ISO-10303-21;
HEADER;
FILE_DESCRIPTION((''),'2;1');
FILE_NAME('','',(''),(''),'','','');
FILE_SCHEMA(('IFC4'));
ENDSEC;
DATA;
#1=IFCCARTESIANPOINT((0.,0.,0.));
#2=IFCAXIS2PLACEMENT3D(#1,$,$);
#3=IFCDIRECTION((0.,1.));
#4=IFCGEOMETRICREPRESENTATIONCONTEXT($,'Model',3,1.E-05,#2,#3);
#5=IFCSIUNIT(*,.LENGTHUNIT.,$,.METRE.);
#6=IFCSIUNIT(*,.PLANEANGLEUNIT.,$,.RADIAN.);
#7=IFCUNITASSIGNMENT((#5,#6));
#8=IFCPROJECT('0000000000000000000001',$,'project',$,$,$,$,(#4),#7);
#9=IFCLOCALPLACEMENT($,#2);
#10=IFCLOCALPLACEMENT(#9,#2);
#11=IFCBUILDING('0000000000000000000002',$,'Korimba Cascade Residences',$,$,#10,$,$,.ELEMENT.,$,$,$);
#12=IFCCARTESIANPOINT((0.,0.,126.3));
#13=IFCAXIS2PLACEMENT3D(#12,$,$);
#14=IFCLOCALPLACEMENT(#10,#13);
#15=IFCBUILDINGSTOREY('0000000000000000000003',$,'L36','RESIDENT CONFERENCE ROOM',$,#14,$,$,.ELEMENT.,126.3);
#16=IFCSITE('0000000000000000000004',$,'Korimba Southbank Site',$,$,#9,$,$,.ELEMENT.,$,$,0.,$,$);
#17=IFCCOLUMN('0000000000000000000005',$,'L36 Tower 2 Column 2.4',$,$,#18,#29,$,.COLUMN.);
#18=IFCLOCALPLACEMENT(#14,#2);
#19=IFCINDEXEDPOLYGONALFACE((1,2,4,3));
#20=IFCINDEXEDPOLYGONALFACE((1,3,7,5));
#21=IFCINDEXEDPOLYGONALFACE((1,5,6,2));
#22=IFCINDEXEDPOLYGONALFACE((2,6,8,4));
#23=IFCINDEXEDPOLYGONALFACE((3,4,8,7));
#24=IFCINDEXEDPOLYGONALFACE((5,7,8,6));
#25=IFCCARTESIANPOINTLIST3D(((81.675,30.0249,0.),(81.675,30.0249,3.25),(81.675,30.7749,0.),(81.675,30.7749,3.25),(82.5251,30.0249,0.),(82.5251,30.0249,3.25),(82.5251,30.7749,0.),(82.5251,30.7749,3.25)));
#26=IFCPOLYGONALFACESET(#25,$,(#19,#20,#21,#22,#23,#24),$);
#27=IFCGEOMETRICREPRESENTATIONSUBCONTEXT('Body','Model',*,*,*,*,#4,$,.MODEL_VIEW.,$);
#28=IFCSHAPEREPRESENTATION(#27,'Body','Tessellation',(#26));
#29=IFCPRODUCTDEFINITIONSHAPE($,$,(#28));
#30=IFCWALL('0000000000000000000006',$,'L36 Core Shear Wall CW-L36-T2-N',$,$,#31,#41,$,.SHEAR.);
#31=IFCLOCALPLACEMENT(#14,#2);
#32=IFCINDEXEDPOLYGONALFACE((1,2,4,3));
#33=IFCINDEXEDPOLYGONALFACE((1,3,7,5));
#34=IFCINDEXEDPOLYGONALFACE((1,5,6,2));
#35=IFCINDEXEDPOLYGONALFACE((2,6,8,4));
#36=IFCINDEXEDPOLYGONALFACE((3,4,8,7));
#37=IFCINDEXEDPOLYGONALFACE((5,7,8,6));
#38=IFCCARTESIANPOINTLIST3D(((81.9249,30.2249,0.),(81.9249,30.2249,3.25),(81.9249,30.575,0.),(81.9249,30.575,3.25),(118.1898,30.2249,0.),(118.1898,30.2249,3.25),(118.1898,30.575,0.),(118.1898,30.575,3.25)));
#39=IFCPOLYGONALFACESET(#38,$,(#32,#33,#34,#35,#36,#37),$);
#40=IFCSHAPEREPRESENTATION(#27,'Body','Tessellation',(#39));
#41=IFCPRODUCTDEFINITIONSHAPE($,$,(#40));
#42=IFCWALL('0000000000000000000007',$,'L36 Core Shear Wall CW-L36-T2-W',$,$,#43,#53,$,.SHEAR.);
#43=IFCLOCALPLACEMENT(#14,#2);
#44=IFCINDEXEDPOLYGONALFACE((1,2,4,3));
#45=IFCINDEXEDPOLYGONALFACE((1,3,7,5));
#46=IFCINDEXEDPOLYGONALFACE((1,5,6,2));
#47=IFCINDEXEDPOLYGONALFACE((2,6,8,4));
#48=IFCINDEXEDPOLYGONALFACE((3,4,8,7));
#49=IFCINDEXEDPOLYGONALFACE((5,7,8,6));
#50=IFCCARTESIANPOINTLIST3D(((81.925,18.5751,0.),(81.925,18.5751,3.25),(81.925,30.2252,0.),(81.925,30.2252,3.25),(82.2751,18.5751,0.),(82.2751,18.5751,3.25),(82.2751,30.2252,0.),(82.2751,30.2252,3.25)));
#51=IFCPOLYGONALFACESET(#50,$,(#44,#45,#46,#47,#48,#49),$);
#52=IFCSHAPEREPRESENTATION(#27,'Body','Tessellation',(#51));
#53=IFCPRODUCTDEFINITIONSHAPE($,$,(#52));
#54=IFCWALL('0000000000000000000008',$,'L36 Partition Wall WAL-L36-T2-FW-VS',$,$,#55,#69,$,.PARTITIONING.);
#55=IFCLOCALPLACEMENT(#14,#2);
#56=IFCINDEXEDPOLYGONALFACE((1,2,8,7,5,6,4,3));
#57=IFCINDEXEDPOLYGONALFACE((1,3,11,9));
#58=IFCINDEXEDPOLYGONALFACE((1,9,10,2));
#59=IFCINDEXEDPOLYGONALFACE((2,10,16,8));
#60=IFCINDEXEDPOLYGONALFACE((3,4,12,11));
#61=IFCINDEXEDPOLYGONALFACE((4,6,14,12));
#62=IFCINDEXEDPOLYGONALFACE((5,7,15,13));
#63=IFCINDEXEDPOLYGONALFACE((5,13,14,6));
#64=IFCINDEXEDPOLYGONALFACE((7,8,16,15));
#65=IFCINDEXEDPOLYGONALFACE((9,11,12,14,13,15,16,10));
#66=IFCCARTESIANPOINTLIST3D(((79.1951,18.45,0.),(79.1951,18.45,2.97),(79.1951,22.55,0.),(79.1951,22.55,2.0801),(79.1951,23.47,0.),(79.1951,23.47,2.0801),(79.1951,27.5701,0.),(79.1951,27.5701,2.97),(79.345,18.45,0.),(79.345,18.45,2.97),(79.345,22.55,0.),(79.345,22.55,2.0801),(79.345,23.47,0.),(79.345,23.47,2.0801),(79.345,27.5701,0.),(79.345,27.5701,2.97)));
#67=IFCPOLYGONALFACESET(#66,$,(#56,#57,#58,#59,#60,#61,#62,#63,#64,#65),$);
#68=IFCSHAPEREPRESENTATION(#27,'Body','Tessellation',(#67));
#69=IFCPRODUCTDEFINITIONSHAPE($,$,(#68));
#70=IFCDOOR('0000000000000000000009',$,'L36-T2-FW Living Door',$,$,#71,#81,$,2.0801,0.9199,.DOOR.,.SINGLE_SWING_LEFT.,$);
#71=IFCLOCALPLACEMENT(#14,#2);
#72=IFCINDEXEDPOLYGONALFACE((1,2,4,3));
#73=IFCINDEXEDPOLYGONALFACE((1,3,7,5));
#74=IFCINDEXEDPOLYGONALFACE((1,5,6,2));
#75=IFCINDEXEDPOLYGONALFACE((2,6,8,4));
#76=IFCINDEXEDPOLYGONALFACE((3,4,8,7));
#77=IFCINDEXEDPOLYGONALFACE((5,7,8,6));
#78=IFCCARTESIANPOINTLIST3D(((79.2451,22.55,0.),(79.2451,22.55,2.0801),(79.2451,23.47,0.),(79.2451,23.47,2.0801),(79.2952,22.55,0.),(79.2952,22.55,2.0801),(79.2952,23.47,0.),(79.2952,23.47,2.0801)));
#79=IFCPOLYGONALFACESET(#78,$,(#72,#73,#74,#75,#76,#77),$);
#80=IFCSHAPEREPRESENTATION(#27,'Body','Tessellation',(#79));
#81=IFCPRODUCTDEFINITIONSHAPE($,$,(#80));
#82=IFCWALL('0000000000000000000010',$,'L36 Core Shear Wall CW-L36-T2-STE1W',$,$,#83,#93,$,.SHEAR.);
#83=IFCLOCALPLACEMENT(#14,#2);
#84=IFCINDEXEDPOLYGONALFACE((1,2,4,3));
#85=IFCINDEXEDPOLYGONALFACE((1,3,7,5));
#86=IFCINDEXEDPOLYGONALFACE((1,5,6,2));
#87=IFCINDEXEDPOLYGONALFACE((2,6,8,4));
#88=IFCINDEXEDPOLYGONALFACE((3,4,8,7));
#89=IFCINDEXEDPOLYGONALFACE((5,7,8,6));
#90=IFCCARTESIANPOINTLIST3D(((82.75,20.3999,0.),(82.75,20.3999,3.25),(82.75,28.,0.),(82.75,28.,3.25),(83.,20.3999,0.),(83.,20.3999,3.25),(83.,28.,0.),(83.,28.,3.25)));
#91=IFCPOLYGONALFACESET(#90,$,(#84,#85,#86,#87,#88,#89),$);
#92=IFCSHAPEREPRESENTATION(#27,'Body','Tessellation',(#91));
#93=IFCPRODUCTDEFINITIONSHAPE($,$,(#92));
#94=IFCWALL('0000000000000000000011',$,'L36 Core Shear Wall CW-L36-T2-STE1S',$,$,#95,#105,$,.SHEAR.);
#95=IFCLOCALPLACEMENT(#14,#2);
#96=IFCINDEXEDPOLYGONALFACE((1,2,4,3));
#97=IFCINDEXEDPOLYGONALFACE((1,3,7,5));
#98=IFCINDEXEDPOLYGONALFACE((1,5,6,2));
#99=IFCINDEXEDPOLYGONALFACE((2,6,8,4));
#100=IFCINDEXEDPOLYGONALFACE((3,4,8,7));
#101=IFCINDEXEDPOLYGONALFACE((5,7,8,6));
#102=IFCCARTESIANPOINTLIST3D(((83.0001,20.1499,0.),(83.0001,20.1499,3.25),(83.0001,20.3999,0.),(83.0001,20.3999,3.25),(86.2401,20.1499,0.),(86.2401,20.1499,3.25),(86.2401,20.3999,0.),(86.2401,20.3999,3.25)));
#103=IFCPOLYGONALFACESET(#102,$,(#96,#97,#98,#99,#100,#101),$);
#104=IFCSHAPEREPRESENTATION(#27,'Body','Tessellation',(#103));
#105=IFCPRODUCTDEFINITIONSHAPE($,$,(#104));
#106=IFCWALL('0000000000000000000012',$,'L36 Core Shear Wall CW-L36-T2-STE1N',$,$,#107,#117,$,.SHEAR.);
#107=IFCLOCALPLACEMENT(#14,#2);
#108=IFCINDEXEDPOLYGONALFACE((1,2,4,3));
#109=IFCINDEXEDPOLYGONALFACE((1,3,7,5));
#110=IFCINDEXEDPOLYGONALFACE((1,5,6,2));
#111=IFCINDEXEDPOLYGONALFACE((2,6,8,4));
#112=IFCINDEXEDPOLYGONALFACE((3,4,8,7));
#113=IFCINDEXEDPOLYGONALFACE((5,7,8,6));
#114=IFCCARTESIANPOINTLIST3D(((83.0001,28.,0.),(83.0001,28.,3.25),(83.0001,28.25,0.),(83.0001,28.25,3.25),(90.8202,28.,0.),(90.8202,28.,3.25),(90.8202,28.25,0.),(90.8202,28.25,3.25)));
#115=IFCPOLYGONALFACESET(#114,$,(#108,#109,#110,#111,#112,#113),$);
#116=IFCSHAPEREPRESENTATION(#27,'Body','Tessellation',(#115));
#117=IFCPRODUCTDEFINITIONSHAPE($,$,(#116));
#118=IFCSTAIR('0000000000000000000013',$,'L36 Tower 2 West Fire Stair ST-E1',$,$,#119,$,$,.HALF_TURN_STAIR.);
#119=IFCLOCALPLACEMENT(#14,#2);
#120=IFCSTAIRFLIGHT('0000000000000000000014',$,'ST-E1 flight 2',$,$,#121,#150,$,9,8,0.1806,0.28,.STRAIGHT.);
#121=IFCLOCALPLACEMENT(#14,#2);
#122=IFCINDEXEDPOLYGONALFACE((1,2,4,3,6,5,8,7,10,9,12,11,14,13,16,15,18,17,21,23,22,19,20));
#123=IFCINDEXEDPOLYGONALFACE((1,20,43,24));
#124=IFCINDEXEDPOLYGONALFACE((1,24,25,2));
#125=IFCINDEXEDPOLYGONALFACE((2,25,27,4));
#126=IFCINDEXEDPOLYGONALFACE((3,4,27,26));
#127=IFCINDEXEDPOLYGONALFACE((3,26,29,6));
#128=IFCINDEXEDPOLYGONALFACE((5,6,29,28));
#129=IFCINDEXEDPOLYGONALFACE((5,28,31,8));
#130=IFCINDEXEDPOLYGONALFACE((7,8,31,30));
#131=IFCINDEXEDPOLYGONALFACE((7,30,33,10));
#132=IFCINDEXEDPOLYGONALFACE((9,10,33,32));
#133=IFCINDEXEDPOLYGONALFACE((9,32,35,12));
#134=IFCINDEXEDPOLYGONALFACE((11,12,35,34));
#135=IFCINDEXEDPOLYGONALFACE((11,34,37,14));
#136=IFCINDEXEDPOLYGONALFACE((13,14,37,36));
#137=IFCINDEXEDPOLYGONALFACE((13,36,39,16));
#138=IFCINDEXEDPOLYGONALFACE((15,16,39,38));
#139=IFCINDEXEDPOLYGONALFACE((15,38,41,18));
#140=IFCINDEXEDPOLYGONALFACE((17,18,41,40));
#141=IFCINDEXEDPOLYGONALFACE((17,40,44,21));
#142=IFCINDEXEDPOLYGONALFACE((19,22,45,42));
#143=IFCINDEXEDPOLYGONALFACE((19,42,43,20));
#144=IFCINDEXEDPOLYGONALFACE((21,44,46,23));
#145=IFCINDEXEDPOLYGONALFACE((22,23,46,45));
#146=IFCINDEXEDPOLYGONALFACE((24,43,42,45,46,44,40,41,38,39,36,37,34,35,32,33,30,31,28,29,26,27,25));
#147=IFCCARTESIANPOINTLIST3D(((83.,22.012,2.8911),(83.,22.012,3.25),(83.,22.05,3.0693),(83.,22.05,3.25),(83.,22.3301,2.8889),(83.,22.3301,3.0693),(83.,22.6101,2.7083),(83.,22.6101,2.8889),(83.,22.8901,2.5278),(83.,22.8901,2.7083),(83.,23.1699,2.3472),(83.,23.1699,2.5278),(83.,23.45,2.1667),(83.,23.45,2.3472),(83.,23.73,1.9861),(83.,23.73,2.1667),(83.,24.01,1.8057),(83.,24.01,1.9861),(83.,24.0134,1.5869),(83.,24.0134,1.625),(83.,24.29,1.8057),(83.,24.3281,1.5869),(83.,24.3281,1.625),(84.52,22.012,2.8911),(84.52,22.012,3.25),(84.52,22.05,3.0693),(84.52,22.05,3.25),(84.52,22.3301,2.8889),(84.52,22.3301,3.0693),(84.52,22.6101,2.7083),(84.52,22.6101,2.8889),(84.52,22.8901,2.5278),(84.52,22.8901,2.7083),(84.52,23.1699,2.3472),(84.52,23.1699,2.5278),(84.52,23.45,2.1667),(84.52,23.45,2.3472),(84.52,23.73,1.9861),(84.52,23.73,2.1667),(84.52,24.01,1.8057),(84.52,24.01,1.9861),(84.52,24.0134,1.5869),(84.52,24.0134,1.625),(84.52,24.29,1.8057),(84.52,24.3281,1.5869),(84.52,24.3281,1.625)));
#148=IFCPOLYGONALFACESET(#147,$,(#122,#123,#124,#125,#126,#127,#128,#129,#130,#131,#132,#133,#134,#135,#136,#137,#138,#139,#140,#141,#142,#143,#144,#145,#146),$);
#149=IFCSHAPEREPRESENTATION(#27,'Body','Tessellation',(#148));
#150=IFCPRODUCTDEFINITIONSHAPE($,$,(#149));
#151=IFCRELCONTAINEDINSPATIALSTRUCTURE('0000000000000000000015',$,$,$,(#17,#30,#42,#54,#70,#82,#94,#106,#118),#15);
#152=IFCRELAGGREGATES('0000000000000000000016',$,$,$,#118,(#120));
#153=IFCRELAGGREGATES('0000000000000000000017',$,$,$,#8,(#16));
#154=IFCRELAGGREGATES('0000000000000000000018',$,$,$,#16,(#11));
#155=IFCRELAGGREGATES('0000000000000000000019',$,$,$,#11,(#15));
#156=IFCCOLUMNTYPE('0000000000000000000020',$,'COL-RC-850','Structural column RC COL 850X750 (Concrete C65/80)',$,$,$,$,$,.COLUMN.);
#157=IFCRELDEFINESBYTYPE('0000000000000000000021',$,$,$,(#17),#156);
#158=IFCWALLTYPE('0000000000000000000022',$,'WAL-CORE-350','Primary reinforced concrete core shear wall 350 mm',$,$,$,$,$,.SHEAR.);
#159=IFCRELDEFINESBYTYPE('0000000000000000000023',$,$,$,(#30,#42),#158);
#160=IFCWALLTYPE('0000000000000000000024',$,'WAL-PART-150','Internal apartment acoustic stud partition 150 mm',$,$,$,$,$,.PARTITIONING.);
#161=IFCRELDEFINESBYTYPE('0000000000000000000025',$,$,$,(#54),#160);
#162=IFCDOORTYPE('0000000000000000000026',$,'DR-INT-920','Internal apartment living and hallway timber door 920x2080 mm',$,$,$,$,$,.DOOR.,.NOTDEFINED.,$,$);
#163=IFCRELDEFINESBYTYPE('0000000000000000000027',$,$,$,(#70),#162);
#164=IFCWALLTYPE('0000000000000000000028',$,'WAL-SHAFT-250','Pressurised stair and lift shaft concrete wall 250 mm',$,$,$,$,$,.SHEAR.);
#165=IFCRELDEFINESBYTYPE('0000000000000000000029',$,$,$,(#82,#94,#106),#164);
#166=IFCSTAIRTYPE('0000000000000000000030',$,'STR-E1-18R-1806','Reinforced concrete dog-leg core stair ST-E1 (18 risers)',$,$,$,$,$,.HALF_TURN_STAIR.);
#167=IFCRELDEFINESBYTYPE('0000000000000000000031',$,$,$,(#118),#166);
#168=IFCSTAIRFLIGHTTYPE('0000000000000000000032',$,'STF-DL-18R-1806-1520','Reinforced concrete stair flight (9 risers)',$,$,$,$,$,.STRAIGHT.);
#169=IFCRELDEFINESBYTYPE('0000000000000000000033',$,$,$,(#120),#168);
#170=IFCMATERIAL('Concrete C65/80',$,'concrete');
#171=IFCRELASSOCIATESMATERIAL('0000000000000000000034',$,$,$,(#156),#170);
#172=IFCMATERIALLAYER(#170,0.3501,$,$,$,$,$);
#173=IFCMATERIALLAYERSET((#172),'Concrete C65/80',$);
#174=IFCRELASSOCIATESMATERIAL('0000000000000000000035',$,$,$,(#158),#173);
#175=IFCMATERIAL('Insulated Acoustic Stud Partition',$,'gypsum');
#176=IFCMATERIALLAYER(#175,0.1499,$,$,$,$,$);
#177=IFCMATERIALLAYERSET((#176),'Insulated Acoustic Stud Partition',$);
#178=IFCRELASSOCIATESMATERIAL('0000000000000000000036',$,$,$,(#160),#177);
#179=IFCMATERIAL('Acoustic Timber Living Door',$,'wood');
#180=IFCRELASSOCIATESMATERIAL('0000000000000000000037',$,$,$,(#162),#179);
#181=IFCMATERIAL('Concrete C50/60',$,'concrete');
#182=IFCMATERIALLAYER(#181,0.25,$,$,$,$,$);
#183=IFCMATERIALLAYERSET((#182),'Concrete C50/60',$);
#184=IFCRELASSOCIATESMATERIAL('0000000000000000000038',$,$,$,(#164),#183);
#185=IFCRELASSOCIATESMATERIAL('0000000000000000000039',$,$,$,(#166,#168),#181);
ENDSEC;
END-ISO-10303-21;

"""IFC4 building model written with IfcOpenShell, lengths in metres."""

from ifc_helpers import new_model, si_unit, direction, frame, frame_2d, origin, origin_2d, place, context, subcontext, project, spatial, polyline, rectangle, outline, extrude, material, layer, layer_set, material_profile, profile_set, type_object, element, fill, aggregate, save


model = new_model("IFC4")

# Units and contexts
model_context = context("Model", 3, precision=1e-05, world=origin(), true_north=direction((0.0, 1.0)))
body_context = subcontext(model_context, "Body", "Model", "MODEL_VIEW")
ifc_project = project(units=[si_unit("LENGTHUNIT", "METRE"), si_unit("PLANEANGLEUNIT", "RADIAN")], contexts=[model_context])

# Site, building, storey
site_placement = place(None, origin())
site = spatial("IfcSite", under=ifc_project, at=site_placement, Name="Korimba Southbank Site", CompositionType="ELEMENT", RefElevation=0.0)
building_placement = place(site_placement, origin())
building = spatial("IfcBuilding", under=site, at=building_placement, Name="Korimba Cascade Residences", CompositionType="ELEMENT")
storey_placement = place(building_placement, frame((0.0, 0.0, 126.3)))
storey = spatial("IfcBuildingStorey", under=building, at=storey_placement, Name="L36", Description="RESIDENT CONFERENCE ROOM", CompositionType="ELEMENT", Elevation=126.3)

# Column
ifc_material_1 = material(Name="Concrete C65/80", Category="concrete")
ifc_material_profile = material_profile(ifc_material_1, rectangle(XDim=0.8501, YDim=0.75, at=origin_2d()), Name="Concrete C65/80")
ifc_profile_set = profile_set([ifc_material_profile], Name="Concrete C65/80")
column_type = type_object("IfcColumnType", Name="COL-RC-850", Description="Structural column RC COL 850X750 (Concrete C65/80)", PredefinedType="COLUMN", material=ifc_profile_set)
column_placement = place(storey_placement, frame((82.1001, 30.3999, 0.0), z_axis=(0.0, 0.0, 1.0), x_axis=(1.0, 0.0, 0.0)))
element("IfcColumn", 1, at=column_placement, inside=storey, type_object=column_type, Name="L36 Tower 2 Column 2.4", PredefinedType="COLUMN", context=body_context, shape_type="SweptSolid", body=[
    extrude(rectangle(XDim=0.8501, YDim=0.75, at=origin_2d()), origin(), (0.0, 0.0, 1.0), 3.25),
])

# Walls
ifc_layer_1 = layer(ifc_material_1, 0.3501)
ifc_layer_set_1 = layer_set([ifc_layer_1], Name="Concrete C65/80")
wall_type_1 = type_object("IfcWallType", Name="WAL-CORE-350", Description="Primary reinforced concrete core shear wall 350 mm", PredefinedType="SHEAR", material=ifc_layer_set_1)
wall_1_placement = place(storey_placement, frame((81.925, 30.3999, 0.0), z_axis=(0.0, 0.0, 1.0), x_axis=(1.0, 0.0, 0.0)))
element("IfcWall", 2, at=wall_1_placement, inside=storey, type_object=wall_type_1, Name="L36 Core Shear Wall CW-L36-T2-N", PredefinedType="SHEAR", context=body_context, shape_type="SweptSolid", body=[
    extrude(rectangle(XDim=36.2649, YDim=0.3501, at=frame_2d((18.1323, 0.0))), origin(), (0.0, 0.0, 1.0), 3.25),
])
wall_2_placement = place(storey_placement, frame((82.1001, 18.575, 0.0), z_axis=(0.0, 0.0, 1.0), x_axis=(0.0, 1.0, 0.0)))
element("IfcWall", 3, at=wall_2_placement, inside=storey, type_object=wall_type_1, Name="L36 Core Shear Wall CW-L36-T2-W", PredefinedType="SHEAR", context=body_context, shape_type="SweptSolid", body=[
    extrude(rectangle(XDim=11.6501, YDim=0.3501, at=frame_2d((5.8252, 0.0))), origin(), (0.0, 0.0, 1.0), 3.25),
])

# Wall, opening, door
ifc_material_2 = material(Name="Insulated Acoustic Stud Partition", Category="gypsum")
ifc_layer_2 = layer(ifc_material_2, 0.1499)
ifc_layer_set_2 = layer_set([ifc_layer_2], Name="Insulated Acoustic Stud Partition")
wall_type_2 = type_object("IfcWallType", Name="WAL-PART-150", Description="Internal apartment acoustic stud partition 150 mm", PredefinedType="PARTITIONING", material=ifc_layer_set_2)
wall_3_placement = place(storey_placement, frame((79.27, 18.45, 0.0), z_axis=(0.0, 0.0, 1.0), x_axis=(0.0, 1.0, 0.0)))
wall_3 = element("IfcWall", 4, at=wall_3_placement, inside=storey, type_object=wall_type_2, Name="L36 Partition Wall WAL-L36-T2-FW-VS", PredefinedType="PARTITIONING", context=body_context, shape_type="SweptSolid", body=[
    extrude(rectangle(XDim=9.1201, YDim=0.1499, at=frame_2d((4.5601, 0.0))), origin(), (0.0, 0.0, 1.0), 2.97),
])
opening_placement = place(wall_3_placement, frame((4.1001, 0.0, 0.0)))
opening = element("IfcOpeningElement", 5, at=opening_placement, cuts=wall_3, PredefinedType="OPENING", context=body_context, shape_type="SweptSolid", body=[
    extrude(rectangle(XDim=0.9199, YDim=2.0801, at=frame_2d((0.46, 1.04))), frame((0.0, 0.085, 0.0), z_axis=(0.0, -1.0, 0.0), x_axis=(1.0, 0.0, 0.0)), (0.0, 0.0, 1.0), 0.1699),
])
ifc_material_3 = material(Name="Acoustic Timber Living Door", Category="wood")
door_type = type_object("IfcDoorType", Name="DR-INT-920", Description="Internal apartment living and hallway timber door 920x2080 mm", OperationType="NOTDEFINED", PredefinedType="DOOR", material=ifc_material_3)
door_placement = place(opening_placement, origin())
door = element("IfcDoor", 6, at=door_placement, inside=storey, type_object=door_type, Name="L36-T2-FW Living Door", OperationType="SINGLE_SWING_LEFT", OverallHeight=2.0801, OverallWidth=0.9199, PredefinedType="DOOR", context=body_context, shape_type="SweptSolid", body=[
    extrude(rectangle(XDim=0.9199, YDim=2.0801, at=frame_2d((0.46, 1.04))), frame((0.0, 0.0249, 0.0), z_axis=(0.0, -1.0, 0.0), x_axis=(1.0, 0.0, 0.0)), (0.0, 0.0, 1.0), 0.05),
])
fill(opening, door)

# Walls
ifc_material_4 = material(Name="Concrete C50/60", Category="concrete")
ifc_layer_3 = layer(ifc_material_4, 0.25)
ifc_layer_set_3 = layer_set([ifc_layer_3], Name="Concrete C50/60")
wall_type_3 = type_object("IfcWallType", Name="WAL-SHAFT-250", Description="Pressurised stair and lift shaft concrete wall 250 mm", PredefinedType="SHEAR", material=ifc_layer_set_3)
wall_4_placement = place(storey_placement, frame((82.875, 20.3999, 0.0), z_axis=(0.0, 0.0, 1.0), x_axis=(0.0, 1.0, 0.0)))
element("IfcWall", 7, at=wall_4_placement, inside=storey, type_object=wall_type_3, Name="L36 Core Shear Wall CW-L36-T2-STE1W", PredefinedType="SHEAR", context=body_context, shape_type="SweptSolid", body=[
    extrude(rectangle(XDim=7.6001, YDim=0.25, at=frame_2d((3.8, 0.0))), origin(), (0.0, 0.0, 1.0), 3.25),
])
wall_5_placement = place(storey_placement, frame((83.0, 20.2749, 0.0), z_axis=(0.0, 0.0, 1.0), x_axis=(1.0, 0.0, 0.0)))
element("IfcWall", 8, at=wall_5_placement, inside=storey, type_object=wall_type_3, Name="L36 Core Shear Wall CW-L36-T2-STE1S", PredefinedType="SHEAR", context=body_context, shape_type="SweptSolid", body=[
    extrude(rectangle(XDim=3.24, YDim=0.25, at=frame_2d((1.6201, 0.0))), origin(), (0.0, 0.0, 1.0), 3.25),
])
wall_6_placement = place(storey_placement, frame((83.0, 28.125, 0.0), z_axis=(0.0, 0.0, 1.0), x_axis=(1.0, 0.0, 0.0)))
element("IfcWall", 9, at=wall_6_placement, inside=storey, type_object=wall_type_3, Name="L36 Core Shear Wall CW-L36-T2-STE1N", PredefinedType="SHEAR", context=body_context, shape_type="SweptSolid", body=[
    extrude(rectangle(XDim=7.8201, YDim=0.25, at=frame_2d((3.9102, 0.0))), origin(), (0.0, 0.0, 1.0), 3.25),
])

# Stair, stair flight
stair_type = type_object("IfcStairType", Name="STR-E1-18R-1806", Description="Reinforced concrete dog-leg core stair ST-E1 (18 risers)", PredefinedType="HALF_TURN_STAIR", material=ifc_material_4)
stair_placement = place(storey_placement, origin())
stair = element("IfcStair", 10, at=stair_placement, inside=storey, type_object=stair_type, Name="L36 Tower 2 West Fire Stair ST-E1", PredefinedType="HALF_TURN_STAIR")
stair_flight_type = type_object("IfcStairFlightType", Name="STF-DL-18R-1806-1520", Description="Reinforced concrete stair flight (9 risers)", PredefinedType="STRAIGHT", material=ifc_material_4)
stair_flight_placement = place(storey_placement, frame((83.76, 24.29, 1.625), z_axis=(0.0, 0.0, 1.0), x_axis=(0.0, -1.0, 0.0)))
stair_flight = element("IfcStairFlight", 11, at=stair_flight_placement, type_object=stair_flight_type, Name="ST-E1 flight 2", NumberOfRisers=9, NumberOfTreads=8, PredefinedType="STRAIGHT", RiserHeight=0.1806, TreadLength=0.28, context=body_context, shape_type="SweptSolid", body=[
    extrude(outline(polyline([(-0.0381, 0.0), (0.0, 0.1807), (0.28, 0.1807), (0.28, 0.3611), (0.5601, 0.3611), (0.5601, 0.5417), (0.8401, 0.5417), (0.8401, 0.7222), (1.1201, 0.7222), (1.1201, 0.9028), (1.3999, 0.9028), (1.3999, 1.0833), (1.6799, 1.0833), (1.6799, 1.2639), (1.96, 1.2639), (1.96, 1.4443), (2.24, 1.4443), (2.24, 1.625), (2.2781, 1.625), (2.2781, 1.2661), (0.2766, 0.0), (0.2766, -0.0381), (-0.0381, -0.0381), (-0.0381, 0.0)])), frame((0.0, 0.76, 0.0), z_axis=(0.0, -1.0, 0.0), x_axis=(1.0, 0.0, 0.0)), (0.0, 0.0, 1.0), 1.52),
])
aggregate(stair, [stair_flight])

save(model, "model.ifc")
